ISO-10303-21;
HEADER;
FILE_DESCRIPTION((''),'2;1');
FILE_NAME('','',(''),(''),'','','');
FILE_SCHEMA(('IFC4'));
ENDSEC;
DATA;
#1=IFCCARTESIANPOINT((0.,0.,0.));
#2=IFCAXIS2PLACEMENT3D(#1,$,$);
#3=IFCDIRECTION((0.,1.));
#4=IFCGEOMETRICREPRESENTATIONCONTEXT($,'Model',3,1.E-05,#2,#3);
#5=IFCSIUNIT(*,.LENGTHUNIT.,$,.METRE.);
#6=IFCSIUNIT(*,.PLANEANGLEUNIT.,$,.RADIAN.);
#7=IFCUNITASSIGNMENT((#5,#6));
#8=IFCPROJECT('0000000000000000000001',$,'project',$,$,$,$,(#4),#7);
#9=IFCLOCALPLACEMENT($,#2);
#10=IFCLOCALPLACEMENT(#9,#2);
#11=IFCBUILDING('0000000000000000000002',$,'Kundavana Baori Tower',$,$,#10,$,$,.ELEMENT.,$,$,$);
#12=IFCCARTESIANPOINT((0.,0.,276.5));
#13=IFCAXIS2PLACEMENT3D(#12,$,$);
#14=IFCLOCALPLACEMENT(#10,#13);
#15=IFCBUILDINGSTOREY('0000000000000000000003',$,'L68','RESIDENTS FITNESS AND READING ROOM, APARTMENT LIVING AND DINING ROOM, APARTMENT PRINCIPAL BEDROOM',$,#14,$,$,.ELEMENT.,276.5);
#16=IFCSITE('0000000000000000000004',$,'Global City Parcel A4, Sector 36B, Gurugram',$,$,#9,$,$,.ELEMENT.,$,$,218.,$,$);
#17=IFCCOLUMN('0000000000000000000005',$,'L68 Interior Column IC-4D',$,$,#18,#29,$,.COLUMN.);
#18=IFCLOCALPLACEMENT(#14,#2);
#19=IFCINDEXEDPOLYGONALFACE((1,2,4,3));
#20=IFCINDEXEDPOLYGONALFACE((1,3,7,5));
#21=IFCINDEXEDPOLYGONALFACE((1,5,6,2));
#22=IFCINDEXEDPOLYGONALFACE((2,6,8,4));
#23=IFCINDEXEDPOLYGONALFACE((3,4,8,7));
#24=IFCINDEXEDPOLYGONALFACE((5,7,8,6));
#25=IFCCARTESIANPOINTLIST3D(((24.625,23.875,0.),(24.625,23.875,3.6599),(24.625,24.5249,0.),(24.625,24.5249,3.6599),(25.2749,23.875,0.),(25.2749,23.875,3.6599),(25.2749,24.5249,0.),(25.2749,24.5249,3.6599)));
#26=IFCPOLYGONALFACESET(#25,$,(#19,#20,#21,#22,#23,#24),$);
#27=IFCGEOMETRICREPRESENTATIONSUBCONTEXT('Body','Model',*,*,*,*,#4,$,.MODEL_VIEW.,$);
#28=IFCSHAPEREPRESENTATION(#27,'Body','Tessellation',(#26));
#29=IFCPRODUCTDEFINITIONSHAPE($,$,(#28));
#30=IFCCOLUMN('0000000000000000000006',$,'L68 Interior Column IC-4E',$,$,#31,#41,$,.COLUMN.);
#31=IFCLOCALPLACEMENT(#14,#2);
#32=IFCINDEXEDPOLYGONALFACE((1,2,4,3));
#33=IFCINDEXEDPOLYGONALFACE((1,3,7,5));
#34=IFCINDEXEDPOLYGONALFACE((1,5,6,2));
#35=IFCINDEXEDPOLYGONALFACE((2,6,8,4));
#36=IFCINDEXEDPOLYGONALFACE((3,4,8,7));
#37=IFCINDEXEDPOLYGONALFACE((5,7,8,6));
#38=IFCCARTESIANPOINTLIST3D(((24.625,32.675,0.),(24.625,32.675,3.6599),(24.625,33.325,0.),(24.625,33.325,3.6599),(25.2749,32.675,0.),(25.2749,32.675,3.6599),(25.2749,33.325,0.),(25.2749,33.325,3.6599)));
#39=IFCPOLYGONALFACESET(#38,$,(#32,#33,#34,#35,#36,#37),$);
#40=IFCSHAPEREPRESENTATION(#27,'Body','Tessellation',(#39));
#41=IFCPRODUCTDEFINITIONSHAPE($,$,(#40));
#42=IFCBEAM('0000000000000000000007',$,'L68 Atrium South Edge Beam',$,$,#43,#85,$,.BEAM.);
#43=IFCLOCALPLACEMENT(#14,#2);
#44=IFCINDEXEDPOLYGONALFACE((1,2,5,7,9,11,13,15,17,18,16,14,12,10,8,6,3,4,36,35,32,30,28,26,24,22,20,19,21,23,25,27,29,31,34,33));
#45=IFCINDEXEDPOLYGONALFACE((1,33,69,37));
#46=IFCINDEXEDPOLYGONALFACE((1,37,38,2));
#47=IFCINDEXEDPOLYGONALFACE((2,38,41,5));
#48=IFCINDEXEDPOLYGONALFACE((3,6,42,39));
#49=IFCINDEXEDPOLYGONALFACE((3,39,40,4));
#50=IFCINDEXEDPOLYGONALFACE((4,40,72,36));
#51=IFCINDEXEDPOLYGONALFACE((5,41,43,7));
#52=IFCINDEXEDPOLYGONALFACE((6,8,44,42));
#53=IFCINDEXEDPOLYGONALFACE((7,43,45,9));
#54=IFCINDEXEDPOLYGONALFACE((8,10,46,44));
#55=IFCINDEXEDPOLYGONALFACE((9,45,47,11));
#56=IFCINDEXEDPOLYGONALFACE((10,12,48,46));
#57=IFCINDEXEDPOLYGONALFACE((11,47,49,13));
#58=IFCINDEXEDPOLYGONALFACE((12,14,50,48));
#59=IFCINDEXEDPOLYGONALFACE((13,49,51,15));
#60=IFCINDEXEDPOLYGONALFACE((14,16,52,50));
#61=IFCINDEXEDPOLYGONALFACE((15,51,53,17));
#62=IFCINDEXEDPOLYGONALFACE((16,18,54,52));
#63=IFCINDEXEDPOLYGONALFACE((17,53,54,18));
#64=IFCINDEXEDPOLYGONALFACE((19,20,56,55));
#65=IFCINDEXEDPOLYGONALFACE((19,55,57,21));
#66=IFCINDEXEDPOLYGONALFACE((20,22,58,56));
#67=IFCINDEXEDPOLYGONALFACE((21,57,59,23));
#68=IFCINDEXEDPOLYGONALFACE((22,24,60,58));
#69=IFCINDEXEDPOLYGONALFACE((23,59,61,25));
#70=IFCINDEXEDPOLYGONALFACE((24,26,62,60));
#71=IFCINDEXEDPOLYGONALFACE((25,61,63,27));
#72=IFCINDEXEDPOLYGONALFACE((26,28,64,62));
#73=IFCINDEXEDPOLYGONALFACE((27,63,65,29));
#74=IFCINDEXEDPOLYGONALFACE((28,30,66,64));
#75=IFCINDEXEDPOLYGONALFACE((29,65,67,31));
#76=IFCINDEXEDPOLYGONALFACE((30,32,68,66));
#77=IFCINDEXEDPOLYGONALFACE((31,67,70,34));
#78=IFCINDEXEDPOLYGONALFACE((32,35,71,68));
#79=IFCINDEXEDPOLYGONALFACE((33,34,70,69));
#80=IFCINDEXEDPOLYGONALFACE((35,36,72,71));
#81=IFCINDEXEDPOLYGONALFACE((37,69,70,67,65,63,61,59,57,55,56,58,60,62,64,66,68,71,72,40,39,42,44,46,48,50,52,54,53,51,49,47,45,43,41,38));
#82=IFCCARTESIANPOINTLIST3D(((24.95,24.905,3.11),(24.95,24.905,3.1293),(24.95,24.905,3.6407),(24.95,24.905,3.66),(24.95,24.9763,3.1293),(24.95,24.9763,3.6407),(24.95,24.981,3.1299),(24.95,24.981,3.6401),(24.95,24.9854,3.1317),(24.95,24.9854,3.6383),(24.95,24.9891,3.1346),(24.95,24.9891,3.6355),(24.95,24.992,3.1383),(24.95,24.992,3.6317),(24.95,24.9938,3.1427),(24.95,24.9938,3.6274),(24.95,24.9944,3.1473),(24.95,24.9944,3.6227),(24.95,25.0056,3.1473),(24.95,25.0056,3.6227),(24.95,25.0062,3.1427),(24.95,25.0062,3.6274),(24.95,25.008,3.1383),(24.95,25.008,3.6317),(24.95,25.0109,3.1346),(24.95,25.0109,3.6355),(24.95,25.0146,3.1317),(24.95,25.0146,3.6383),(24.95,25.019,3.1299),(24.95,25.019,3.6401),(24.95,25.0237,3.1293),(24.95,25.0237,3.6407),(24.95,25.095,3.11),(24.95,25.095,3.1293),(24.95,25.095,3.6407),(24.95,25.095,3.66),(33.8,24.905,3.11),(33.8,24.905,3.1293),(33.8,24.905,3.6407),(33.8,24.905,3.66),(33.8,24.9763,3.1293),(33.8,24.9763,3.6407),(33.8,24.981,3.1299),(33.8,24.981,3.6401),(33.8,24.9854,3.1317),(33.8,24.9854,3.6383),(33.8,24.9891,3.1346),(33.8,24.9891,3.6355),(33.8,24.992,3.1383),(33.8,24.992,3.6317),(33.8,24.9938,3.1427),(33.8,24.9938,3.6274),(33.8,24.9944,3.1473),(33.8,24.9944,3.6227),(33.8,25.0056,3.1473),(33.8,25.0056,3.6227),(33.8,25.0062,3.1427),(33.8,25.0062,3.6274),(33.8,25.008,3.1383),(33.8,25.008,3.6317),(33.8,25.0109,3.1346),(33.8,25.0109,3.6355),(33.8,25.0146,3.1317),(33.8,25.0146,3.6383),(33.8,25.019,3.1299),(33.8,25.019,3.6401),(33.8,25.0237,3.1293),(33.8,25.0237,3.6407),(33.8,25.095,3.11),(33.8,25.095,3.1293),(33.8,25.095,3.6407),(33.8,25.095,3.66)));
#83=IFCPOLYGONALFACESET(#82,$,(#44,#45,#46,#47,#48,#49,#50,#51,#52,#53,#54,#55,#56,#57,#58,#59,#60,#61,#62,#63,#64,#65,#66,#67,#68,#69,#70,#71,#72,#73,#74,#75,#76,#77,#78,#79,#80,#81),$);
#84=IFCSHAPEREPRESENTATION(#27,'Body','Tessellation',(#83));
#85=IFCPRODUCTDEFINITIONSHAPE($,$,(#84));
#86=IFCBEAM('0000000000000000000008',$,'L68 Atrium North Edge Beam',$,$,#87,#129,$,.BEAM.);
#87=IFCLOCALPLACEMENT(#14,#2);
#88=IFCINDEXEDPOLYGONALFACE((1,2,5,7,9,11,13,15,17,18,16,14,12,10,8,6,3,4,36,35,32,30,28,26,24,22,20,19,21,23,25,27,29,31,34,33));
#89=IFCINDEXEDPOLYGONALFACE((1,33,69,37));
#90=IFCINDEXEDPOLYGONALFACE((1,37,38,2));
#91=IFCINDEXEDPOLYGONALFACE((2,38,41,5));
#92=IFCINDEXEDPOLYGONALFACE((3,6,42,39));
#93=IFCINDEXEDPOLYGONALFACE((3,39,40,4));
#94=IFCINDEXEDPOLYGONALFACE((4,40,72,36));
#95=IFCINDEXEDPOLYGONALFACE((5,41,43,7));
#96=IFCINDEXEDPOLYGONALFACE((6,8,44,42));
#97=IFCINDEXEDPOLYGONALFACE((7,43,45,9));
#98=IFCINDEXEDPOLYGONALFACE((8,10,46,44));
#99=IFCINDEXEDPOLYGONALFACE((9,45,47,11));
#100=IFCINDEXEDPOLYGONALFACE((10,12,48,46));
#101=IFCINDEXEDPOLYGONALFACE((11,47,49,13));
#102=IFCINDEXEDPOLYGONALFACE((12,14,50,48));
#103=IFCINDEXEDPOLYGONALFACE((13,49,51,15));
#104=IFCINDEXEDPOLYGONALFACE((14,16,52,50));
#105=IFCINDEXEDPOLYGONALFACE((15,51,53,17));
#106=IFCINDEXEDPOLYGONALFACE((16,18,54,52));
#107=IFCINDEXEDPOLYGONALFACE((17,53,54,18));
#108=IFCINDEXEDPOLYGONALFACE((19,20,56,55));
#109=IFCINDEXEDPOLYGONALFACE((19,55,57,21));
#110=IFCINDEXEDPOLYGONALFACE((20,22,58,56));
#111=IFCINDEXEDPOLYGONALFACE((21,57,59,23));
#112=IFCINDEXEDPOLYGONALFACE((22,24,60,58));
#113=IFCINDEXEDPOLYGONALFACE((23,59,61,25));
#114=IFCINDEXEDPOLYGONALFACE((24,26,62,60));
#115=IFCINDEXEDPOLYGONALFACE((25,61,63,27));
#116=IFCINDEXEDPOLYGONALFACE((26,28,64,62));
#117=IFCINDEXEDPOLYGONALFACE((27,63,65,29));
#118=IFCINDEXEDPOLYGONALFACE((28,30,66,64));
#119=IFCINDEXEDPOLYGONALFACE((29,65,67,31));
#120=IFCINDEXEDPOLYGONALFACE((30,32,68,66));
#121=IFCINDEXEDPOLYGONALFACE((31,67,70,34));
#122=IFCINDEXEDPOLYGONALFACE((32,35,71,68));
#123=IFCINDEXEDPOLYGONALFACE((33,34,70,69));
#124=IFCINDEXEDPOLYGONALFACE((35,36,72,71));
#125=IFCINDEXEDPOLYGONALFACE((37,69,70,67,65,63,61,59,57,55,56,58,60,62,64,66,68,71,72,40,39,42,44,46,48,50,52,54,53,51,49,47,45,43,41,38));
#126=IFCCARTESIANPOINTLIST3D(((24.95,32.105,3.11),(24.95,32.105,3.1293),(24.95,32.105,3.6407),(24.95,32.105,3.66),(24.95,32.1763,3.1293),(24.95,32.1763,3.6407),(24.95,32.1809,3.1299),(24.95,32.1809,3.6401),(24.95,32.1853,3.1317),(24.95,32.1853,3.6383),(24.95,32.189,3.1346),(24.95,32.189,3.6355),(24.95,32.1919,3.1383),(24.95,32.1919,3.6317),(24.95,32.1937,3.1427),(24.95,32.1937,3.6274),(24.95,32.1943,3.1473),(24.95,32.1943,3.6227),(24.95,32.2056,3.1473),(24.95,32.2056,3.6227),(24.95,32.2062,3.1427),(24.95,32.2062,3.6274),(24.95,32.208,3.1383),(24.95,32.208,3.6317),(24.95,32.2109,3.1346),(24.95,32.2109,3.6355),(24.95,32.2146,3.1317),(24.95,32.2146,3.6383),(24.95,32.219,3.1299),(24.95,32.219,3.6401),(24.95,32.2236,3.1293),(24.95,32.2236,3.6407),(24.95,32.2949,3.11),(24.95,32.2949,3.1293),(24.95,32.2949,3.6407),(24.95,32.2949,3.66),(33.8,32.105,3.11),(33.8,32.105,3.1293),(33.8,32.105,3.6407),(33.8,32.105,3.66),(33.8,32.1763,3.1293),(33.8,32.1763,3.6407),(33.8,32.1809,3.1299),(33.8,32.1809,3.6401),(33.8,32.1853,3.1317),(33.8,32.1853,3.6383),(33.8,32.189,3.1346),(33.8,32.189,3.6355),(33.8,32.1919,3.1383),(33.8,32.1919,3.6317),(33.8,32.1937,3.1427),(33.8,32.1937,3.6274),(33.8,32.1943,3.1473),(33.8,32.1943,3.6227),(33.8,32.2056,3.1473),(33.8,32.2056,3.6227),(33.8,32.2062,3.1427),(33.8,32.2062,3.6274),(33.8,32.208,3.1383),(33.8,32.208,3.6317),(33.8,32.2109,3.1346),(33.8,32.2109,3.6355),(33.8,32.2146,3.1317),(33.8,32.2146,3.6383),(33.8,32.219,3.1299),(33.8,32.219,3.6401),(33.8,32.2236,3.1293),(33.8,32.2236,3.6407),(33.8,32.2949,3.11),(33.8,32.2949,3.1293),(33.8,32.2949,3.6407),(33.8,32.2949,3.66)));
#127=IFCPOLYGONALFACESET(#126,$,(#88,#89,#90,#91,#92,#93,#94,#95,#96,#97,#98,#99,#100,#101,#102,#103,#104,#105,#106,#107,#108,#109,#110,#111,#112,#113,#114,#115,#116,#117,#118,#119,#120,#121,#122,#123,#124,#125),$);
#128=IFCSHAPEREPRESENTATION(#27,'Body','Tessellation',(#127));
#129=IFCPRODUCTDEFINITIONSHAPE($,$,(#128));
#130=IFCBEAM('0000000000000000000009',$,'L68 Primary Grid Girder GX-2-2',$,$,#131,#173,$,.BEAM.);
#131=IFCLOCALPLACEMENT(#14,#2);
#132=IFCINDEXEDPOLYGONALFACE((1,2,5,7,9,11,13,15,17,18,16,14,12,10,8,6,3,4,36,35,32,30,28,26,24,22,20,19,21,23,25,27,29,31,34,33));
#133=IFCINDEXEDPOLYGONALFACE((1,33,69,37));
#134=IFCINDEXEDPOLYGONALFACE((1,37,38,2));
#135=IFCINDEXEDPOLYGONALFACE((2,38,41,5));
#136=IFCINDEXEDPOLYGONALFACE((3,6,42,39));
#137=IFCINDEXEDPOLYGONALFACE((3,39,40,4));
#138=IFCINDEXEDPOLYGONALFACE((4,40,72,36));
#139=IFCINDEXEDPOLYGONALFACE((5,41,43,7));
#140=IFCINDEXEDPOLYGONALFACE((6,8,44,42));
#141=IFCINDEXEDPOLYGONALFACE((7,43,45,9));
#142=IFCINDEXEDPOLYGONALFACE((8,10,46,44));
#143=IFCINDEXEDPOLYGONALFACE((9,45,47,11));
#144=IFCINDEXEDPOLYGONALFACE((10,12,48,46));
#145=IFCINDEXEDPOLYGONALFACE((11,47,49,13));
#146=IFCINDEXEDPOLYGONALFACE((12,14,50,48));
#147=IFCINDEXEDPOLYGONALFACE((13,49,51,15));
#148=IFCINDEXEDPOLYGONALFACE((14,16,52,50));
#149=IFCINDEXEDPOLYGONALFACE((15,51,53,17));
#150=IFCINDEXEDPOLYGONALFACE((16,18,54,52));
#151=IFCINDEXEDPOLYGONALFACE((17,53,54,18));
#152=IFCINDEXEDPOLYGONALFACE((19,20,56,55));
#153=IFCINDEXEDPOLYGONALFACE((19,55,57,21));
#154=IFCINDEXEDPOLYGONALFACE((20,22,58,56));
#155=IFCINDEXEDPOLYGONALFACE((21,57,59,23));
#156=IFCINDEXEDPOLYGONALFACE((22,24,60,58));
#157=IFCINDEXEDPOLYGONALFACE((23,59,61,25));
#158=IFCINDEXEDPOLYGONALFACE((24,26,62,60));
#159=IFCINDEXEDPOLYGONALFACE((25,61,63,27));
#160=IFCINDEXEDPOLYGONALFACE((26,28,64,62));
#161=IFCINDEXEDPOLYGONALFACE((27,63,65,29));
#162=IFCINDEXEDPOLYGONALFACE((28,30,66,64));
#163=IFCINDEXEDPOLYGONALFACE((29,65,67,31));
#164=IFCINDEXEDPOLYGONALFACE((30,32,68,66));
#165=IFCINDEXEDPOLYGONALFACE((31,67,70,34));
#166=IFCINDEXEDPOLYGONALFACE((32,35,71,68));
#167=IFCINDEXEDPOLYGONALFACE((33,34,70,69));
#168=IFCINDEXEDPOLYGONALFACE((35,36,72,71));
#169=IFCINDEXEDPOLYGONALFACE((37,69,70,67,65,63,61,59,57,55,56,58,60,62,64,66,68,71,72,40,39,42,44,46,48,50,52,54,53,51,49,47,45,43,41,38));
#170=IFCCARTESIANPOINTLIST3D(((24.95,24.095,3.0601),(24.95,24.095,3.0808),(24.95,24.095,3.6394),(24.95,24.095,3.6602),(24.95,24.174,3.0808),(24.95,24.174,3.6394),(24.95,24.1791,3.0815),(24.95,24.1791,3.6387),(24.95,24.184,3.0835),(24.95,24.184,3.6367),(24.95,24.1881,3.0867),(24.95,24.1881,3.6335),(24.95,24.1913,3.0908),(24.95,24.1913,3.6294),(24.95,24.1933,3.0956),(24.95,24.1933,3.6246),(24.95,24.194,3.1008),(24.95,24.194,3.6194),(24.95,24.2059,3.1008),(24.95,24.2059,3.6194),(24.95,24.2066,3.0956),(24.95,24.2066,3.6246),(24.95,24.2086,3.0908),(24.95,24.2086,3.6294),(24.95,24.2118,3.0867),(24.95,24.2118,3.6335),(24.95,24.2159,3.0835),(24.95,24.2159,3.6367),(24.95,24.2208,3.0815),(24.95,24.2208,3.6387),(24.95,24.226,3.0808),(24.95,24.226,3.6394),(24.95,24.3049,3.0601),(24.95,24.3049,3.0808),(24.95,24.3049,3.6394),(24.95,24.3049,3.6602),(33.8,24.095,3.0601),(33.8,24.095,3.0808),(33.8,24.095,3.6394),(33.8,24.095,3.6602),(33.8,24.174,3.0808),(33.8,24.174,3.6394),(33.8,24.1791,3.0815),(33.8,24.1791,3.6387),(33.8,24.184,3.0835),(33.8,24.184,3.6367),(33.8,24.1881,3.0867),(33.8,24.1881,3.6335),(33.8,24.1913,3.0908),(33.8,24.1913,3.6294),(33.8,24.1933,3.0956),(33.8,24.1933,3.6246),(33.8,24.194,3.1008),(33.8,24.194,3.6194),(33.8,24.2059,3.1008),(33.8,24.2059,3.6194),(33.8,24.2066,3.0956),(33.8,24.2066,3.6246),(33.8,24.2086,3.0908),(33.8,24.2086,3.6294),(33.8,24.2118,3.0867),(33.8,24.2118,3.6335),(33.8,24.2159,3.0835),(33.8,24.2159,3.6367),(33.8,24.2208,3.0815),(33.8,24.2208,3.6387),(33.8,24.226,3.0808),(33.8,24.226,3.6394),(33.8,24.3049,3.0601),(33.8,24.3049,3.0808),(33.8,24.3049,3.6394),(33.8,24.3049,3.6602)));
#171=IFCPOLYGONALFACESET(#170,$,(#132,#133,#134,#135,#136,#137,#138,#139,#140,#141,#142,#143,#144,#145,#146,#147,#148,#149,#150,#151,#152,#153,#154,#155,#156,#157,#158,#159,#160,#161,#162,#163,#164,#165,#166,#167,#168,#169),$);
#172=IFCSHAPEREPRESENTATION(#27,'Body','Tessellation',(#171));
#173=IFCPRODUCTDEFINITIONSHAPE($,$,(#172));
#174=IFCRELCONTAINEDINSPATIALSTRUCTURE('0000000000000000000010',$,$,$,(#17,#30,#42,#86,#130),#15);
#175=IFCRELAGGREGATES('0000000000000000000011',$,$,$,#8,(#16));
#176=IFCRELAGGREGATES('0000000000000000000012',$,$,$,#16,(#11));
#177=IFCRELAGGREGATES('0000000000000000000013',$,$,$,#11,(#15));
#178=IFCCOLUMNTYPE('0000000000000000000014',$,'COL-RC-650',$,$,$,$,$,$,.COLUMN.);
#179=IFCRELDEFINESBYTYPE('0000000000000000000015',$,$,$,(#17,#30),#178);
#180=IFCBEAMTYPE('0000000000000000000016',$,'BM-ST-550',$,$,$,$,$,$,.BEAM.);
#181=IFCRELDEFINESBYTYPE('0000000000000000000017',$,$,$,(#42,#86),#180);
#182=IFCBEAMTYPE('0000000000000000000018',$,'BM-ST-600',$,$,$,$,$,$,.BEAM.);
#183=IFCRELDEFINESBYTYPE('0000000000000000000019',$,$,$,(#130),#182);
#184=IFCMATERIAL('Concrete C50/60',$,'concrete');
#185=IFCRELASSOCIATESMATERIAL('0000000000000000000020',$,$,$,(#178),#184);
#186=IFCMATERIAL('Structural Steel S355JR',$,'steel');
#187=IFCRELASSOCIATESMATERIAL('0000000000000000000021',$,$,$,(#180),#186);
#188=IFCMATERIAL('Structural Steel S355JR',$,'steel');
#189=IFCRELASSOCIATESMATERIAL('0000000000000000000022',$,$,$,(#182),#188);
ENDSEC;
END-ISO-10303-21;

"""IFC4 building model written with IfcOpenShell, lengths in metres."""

from ifc_helpers import new_model, si_unit, direction, frame, origin, origin_2d, place, context, subcontext, project, spatial, rectangle, i_section, extrude, material, material_profile, profile_set, type_object, element, save


model = new_model("IFC4")

# Units and contexts
model_context = context("Model", 3, precision=1e-05, world=origin(), true_north=direction((0.0, 1.0)))
body_context = subcontext(model_context, "Body", "Model", "MODEL_VIEW")
ifc_project = project(units=[si_unit("LENGTHUNIT", "METRE"), si_unit("PLANEANGLEUNIT", "RADIAN")], contexts=[model_context])

# Site, building, storey
site_placement = place(None, origin())
site = spatial("IfcSite", under=ifc_project, at=site_placement, Name="Global City Parcel A4, Sector 36B, Gurugram", CompositionType="ELEMENT", RefElevation=218.0)
building_placement = place(site_placement, origin())
building = spatial("IfcBuilding", under=site, at=building_placement, Name="Kundavana Baori Tower", CompositionType="ELEMENT")
storey_placement = place(building_placement, frame((0.0, 0.0, 276.5)))
storey = spatial("IfcBuildingStorey", under=building, at=storey_placement, Name="L68", Description="RESIDENTS FITNESS AND READING ROOM, APARTMENT LIVING AND DINING ROOM, APARTMENT PRINCIPAL BEDROOM", CompositionType="ELEMENT", Elevation=276.5)

# Columns
ifc_material_1 = material(Name="Concrete C50/60", Category="concrete")
ifc_material_profile_1 = material_profile(ifc_material_1, rectangle(XDim=0.6499, YDim=0.6499, at=origin_2d()), Name="RC 650x650")
ifc_profile_set_1 = profile_set([ifc_material_profile_1], Name="Concrete C50/60")
column_type = type_object("IfcColumnType", Name="COL-RC-650", PredefinedType="COLUMN", material=ifc_profile_set_1)
for number, where, z_axis, x_axis, name in (
    (1, (24.95, 24.2, 0.0), (0.0, 0.0, 1.0), (1.0, 0.0, 0.0), "L68 Interior Column IC-4D"),
    (2, (24.95, 33.0, 0.0), (0.0, 0.0, 1.0), (1.0, 0.0, 0.0), "L68 Interior Column IC-4E"),
):
    element("IfcColumn", number, at=place(storey_placement, frame(where, z_axis=z_axis, x_axis=x_axis)), inside=storey, type_object=column_type, Name=name, PredefinedType="COLUMN", context=body_context, shape_type="SweptSolid", body=[
        extrude(rectangle(XDim=0.6499, YDim=0.6499, at=origin_2d()), origin(), (0.0, 0.0, 1.0), 3.6599),
    ])

# Beams
ifc_material_2 = material(Name="Structural Steel S355JR", Category="steel")
ifc_material_profile_2 = material_profile(ifc_material_2, i_section(OverallWidth=0.1899, OverallDepth=0.55, WebThickness=0.0112, FlangeThickness=0.0193, FilletRadius=0.0181, at=origin_2d()), Name="ISMB 550")
ifc_profile_set_2 = profile_set([ifc_material_profile_2], Name="Structural Steel S355JR")
beam_type_1 = type_object("IfcBeamType", Name="BM-ST-550", PredefinedType="BEAM", material=ifc_profile_set_2)
for number, where, z_axis, x_axis, name in (
    (3, (24.95, 25.0, 3.385), (1.0, 0.0, 0.0), (0.0, 1.0, 0.0), "L68 Atrium South Edge Beam"),
    (4, (24.95, 32.2, 3.385), (1.0, 0.0, 0.0), (0.0, 1.0, 0.0), "L68 Atrium North Edge Beam"),
):
    element("IfcBeam", number, at=place(storey_placement, frame(where, z_axis=z_axis, x_axis=x_axis)), inside=storey, type_object=beam_type_1, Name=name, PredefinedType="BEAM", context=body_context, shape_type="SweptSolid", body=[
        extrude(i_section(OverallWidth=0.1899, OverallDepth=0.55, WebThickness=0.0112, FlangeThickness=0.0193, FilletRadius=0.0181, at=origin_2d()), origin(), (0.0, 0.0, 1.0), 8.8501),
    ])
ifc_material_3 = material(Name="Structural Steel S355JR", Category="steel")
ifc_material_profile_3 = material_profile(ifc_material_3, i_section(OverallWidth=0.21, OverallDepth=0.6001, WebThickness=0.012, FlangeThickness=0.0208, FilletRadius=0.02, at=origin_2d()), Name="ISMB 600")
ifc_profile_set_3 = profile_set([ifc_material_profile_3], Name="Structural Steel S355JR")
beam_type_2 = type_object("IfcBeamType", Name="BM-ST-600", PredefinedType="BEAM", material=ifc_profile_set_3)
for number, where, z_axis, x_axis, name in (
    (5, (24.95, 24.2, 3.3601), (1.0, 0.0, 0.0), (0.0, 1.0, 0.0), "L68 Primary Grid Girder GX-2-2"),
):
    element("IfcBeam", number, at=place(storey_placement, frame(where, z_axis=z_axis, x_axis=x_axis)), inside=storey, type_object=beam_type_2, Name=name, PredefinedType="BEAM", context=body_context, shape_type="SweptSolid", body=[
        extrude(i_section(OverallWidth=0.21, OverallDepth=0.6001, WebThickness=0.012, FlangeThickness=0.0208, FilletRadius=0.02, at=origin_2d()), origin(), (0.0, 0.0, 1.0), 8.8501),
    ])

save(model, "model.ifc")
